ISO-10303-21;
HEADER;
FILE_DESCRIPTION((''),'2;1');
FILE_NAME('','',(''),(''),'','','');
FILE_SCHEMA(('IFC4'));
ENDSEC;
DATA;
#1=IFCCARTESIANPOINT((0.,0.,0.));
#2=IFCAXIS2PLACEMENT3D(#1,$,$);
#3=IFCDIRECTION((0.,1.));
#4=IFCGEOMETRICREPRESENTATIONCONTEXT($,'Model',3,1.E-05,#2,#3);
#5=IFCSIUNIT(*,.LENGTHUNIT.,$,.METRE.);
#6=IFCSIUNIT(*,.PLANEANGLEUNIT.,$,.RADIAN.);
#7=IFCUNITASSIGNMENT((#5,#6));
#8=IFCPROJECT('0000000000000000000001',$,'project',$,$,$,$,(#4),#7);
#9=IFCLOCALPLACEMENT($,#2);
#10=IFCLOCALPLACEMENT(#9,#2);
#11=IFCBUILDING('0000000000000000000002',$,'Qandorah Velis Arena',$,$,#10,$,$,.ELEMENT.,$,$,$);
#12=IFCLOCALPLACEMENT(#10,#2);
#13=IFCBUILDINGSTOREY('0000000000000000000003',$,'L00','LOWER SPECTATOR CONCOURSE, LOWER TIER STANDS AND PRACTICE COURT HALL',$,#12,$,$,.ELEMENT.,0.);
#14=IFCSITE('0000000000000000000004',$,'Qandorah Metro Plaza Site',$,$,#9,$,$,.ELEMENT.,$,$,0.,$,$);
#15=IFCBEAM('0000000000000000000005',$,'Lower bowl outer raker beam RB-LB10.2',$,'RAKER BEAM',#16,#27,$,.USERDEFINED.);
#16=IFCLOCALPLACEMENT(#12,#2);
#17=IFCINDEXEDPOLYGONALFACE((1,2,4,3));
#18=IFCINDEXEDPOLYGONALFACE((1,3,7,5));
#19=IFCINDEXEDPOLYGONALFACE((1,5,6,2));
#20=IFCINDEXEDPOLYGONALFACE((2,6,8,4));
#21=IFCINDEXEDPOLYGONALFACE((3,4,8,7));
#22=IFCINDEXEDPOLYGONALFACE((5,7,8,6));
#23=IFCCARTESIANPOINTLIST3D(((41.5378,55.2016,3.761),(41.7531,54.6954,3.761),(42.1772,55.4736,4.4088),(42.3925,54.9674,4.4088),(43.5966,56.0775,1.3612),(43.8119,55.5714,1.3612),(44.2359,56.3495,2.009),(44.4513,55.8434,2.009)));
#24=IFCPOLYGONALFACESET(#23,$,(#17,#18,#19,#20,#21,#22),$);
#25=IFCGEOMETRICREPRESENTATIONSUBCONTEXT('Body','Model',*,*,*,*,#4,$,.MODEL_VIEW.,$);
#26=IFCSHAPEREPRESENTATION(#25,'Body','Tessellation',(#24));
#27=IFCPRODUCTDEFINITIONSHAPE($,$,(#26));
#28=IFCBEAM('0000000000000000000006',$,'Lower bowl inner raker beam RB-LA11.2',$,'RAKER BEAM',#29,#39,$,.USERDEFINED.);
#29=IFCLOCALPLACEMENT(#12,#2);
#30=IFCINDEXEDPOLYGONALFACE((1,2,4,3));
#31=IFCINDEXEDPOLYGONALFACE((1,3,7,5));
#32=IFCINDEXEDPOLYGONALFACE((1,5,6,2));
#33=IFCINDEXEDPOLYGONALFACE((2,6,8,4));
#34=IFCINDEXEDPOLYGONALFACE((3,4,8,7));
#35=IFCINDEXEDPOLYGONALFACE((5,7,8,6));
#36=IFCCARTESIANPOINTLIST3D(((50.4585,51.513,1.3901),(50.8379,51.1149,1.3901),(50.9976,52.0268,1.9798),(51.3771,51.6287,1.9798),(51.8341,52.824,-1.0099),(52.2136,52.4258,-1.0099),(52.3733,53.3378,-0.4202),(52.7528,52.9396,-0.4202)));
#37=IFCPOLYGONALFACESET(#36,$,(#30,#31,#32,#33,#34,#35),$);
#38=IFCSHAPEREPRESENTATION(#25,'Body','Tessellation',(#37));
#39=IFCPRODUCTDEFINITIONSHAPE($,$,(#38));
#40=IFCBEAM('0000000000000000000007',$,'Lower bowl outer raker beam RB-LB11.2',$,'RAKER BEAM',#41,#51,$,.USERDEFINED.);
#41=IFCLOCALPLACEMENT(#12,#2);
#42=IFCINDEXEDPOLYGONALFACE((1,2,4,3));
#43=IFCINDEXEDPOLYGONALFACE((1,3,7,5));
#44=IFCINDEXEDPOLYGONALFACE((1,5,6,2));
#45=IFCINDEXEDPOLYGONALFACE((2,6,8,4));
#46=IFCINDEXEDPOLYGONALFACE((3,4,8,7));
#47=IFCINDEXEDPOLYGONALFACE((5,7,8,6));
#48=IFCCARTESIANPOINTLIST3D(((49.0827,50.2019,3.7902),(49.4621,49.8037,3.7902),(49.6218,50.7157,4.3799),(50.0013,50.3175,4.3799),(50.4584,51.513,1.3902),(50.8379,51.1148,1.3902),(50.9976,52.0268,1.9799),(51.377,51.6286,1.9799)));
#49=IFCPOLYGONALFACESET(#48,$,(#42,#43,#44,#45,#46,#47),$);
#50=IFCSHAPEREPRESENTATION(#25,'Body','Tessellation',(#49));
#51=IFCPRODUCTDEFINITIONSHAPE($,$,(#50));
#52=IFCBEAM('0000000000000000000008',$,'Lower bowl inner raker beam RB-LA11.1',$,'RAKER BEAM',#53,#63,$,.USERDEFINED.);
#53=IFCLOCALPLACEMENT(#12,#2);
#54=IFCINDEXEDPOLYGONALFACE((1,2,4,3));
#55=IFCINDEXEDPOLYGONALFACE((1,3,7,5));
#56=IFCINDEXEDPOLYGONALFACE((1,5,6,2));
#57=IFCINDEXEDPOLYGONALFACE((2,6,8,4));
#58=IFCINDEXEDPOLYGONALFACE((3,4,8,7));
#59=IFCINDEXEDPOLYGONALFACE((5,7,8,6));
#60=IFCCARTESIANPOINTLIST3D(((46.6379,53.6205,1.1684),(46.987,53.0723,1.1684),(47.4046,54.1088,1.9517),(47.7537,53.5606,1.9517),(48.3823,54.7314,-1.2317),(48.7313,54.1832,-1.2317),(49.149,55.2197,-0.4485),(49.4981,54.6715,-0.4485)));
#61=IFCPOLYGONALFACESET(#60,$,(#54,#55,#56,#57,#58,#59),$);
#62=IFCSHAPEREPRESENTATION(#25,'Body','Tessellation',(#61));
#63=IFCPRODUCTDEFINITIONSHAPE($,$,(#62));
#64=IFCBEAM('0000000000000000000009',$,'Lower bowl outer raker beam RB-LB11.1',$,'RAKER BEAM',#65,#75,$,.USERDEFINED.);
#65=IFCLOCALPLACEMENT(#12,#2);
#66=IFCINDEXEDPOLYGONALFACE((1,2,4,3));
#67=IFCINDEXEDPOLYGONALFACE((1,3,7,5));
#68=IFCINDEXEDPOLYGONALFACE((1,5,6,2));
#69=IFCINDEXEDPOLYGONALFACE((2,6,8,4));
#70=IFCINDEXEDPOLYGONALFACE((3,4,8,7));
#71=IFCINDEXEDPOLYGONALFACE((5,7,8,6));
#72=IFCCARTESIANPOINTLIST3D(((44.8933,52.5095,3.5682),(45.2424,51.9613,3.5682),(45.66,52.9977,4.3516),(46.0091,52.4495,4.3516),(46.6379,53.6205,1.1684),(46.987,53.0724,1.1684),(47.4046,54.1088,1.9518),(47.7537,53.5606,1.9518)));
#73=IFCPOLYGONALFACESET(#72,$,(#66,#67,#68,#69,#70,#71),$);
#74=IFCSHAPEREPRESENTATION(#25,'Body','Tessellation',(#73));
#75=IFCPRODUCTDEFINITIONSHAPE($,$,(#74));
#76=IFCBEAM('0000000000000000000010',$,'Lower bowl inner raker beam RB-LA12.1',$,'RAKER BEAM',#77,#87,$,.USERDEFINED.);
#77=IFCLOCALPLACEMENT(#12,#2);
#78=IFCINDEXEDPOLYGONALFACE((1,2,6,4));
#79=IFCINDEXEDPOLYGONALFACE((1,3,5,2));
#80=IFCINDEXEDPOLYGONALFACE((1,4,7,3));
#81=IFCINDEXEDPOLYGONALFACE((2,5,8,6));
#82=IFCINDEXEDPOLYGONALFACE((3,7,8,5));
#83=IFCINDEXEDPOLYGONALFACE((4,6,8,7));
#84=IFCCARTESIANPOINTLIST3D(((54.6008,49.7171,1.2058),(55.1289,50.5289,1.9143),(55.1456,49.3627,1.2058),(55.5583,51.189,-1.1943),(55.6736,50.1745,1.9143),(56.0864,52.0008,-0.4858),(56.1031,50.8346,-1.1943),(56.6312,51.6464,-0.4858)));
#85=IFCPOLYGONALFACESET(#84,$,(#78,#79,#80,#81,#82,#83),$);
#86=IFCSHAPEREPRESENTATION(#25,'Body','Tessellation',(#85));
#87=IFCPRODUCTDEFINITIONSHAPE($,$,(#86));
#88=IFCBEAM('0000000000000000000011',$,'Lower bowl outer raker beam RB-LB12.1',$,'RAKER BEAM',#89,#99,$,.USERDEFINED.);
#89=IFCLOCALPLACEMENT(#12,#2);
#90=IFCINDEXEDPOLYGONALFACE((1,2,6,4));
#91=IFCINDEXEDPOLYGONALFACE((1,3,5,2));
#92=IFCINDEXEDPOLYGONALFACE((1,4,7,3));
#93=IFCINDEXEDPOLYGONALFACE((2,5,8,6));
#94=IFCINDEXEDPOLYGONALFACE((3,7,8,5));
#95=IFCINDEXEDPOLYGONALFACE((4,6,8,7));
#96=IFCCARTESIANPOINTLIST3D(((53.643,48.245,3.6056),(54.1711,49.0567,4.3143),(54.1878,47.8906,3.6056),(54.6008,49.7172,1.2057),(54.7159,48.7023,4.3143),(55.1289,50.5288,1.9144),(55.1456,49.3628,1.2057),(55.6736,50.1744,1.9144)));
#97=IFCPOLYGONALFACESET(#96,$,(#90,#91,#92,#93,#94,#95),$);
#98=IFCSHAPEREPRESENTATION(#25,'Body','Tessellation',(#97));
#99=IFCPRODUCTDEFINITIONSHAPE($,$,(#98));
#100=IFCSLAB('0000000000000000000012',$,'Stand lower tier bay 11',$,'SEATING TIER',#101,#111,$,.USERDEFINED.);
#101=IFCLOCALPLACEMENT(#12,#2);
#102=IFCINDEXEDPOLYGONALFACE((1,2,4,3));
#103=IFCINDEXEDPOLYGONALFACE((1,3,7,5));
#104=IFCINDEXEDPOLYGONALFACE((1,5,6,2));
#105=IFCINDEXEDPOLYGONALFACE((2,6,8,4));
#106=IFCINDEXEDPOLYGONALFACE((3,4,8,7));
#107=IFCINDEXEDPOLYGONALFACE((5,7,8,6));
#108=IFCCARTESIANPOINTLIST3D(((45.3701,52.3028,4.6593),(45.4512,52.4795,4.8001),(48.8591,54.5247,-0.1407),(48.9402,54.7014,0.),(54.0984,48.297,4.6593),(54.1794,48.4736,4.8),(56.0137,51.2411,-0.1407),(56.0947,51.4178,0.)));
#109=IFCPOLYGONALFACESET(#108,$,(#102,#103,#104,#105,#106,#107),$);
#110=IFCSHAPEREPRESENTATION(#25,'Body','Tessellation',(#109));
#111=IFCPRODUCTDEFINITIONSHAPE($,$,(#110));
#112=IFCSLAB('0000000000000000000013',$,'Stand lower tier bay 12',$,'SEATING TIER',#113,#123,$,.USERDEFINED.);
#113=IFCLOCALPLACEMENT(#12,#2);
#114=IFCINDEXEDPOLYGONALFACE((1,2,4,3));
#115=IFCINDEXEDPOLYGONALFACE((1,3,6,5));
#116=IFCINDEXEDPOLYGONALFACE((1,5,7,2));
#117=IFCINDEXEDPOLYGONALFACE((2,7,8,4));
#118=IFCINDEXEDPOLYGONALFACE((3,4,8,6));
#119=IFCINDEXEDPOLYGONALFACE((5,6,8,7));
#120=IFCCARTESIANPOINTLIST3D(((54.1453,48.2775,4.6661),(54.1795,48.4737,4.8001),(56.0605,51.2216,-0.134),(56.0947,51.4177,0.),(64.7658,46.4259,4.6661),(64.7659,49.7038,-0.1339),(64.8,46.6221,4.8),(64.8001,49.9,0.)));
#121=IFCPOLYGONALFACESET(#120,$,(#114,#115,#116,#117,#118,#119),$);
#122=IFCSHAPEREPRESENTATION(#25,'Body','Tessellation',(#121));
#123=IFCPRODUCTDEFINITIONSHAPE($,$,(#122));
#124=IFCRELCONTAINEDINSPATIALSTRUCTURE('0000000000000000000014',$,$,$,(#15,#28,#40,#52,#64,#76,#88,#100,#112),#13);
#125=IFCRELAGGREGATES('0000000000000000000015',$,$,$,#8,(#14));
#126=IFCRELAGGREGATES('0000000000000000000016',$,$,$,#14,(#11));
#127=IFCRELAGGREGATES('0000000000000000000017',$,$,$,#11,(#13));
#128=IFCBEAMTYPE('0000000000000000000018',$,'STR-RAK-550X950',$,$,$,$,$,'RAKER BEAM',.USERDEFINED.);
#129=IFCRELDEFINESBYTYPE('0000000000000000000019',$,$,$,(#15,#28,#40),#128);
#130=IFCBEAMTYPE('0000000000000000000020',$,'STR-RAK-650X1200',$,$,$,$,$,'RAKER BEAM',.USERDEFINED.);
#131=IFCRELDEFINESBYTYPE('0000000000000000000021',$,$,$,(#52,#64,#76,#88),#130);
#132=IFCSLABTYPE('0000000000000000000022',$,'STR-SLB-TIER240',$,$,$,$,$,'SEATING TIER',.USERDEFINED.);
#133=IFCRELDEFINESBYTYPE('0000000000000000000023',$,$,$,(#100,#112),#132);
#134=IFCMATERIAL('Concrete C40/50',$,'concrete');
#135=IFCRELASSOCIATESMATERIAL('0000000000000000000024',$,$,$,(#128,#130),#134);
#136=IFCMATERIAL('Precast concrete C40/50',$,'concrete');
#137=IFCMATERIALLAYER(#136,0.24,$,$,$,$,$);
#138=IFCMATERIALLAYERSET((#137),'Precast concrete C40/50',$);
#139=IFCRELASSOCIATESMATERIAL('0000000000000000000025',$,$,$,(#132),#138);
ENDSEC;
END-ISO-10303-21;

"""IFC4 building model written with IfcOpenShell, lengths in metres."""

from ifc_helpers import new_model, si_unit, direction, frame, origin, origin_2d, place, context, subcontext, project, spatial, polyline, rectangle, outline, extrude, material, layer, layer_set, material_profile, profile_set, type_object, element, save


model = new_model("IFC4")

# Units and contexts
model_context = context("Model", 3, precision=1e-05, world=origin(), true_north=direction((0.0, 1.0)))
body_context = subcontext(model_context, "Body", "Model", "MODEL_VIEW")
ifc_project = project(units=[si_unit("LENGTHUNIT", "METRE"), si_unit("PLANEANGLEUNIT", "RADIAN")], contexts=[model_context])

# Site, building, storey
site_placement = place(None, origin())
site = spatial("IfcSite", under=ifc_project, at=site_placement, Name="Qandorah Metro Plaza Site", CompositionType="ELEMENT", RefElevation=0.0)
building_placement = place(site_placement, origin())
building = spatial("IfcBuilding", under=site, at=building_placement, Name="Qandorah Velis Arena", CompositionType="ELEMENT")
storey_placement = place(building_placement, origin())
storey = spatial("IfcBuildingStorey", under=building, at=storey_placement, Name="L00", Description="LOWER SPECTATOR CONCOURSE, LOWER TIER STANDS AND PRACTICE COURT HALL", CompositionType="ELEMENT", Elevation=0.0)

# Shared definitions
ifc_material_1 = material(Name="Concrete C40/50", Category="concrete")

# Beams
ifc_material_profile_1 = material_profile(ifc_material_1, rectangle(XDim=0.55, YDim=0.95, at=origin_2d()), Name="RC RAKER 550x950")
ifc_profile_set_1 = profile_set([ifc_material_profile_1], Name="Concrete C40/50")
beam_type_1 = type_object("IfcBeamType", Name="STR-RAK-550X950", ElementType="RAKER BEAM", PredefinedType="USERDEFINED", material=ifc_profile_set_1)
beam_1_placement = place(storey_placement, frame((44.0239, 55.9604, 1.6851), z_axis=(-0.627482, -0.266976, 0.73143), x_axis=(0.391508, -0.920175, 0.0)))
element("IfcBeam", 1, at=beam_1_placement, inside=storey, type_object=beam_type_1, Name="Lower bowl outer raker beam RB-LB10.2", ObjectType="RAKER BEAM", PredefinedType="USERDEFINED", context=body_context, shape_type="SweptSolid", body=[
    extrude(rectangle(XDim=0.55, YDim=0.95, at=origin_2d()), origin(), (0.0, 0.0, 1.0), 3.281),
])
for number, where, z_axis, x_axis, name in (
    (2, (52.2935, 52.8818, -0.7151), (-0.44938, -0.428247, 0.784003), (0.68988, -0.723924, 0.0), "Lower bowl inner raker beam RB-LA11.2"),
    (3, (50.9177, 51.5708, 1.6851), (-0.449409, -0.428274, 0.783973), (0.68988, -0.723924, 0.0), "Lower bowl outer raker beam RB-LB11.2"),
):
    element("IfcBeam", number, at=place(storey_placement, frame(where, z_axis=z_axis, x_axis=x_axis)), inside=storey, type_object=beam_type_1, Name=name, ObjectType="RAKER BEAM", PredefinedType="USERDEFINED", context=body_context, shape_type="SweptSolid", body=[
        extrude(rectangle(XDim=0.55, YDim=0.95, at=origin_2d()), origin(), (0.0, 0.0, 1.0), 3.0613),
    ])
ifc_material_profile_2 = material_profile(ifc_material_1, rectangle(XDim=0.6499, YDim=1.2, at=origin_2d()), Name="RC RAKER 650x1200")
ifc_profile_set_2 = profile_set([ifc_material_profile_2], Name="Concrete C40/50")
beam_type_2 = type_object("IfcBeamType", Name="STR-RAK-650X1200", ElementType="RAKER BEAM", PredefinedType="USERDEFINED", material=ifc_profile_set_2)
for number, where, z_axis, x_axis, name in (
    (4, (48.9402, 54.7014, -0.8401), (-0.55059, -0.350621, 0.757572), (0.537143, -0.843491, 0.0), "Lower bowl inner raker beam RB-LA11.1"),
    (5, (47.1958, 53.5906, 1.5601), (-0.550661, -0.350694, 0.757487), (0.537173, -0.843472, 0.0), "Lower bowl outer raker beam RB-LB11.1"),
):
    element("IfcBeam", number, at=place(storey_placement, frame(where, z_axis=z_axis, x_axis=x_axis)), inside=storey, type_object=beam_type_2, Name=name, ObjectType="RAKER BEAM", PredefinedType="USERDEFINED", context=body_context, shape_type="SweptSolid", body=[
        extrude(rectangle(XDim=0.6499, YDim=1.2, at=origin_2d()), origin(), (0.0, 0.0, 1.0), 3.1682),
    ])
for number, where, z_axis, x_axis, name in (
    (6, (56.0947, 51.4177, -0.8401), (-0.321974, -0.494947, 0.807069), (0.838243, -0.545296, 0.0), "Lower bowl inner raker beam RB-LA12.1"),
    (7, (55.1372, 49.9458, 1.5601), (-0.322056, -0.495028, 0.806986), (0.838221, -0.54533, 0.0), "Lower bowl outer raker beam RB-LB12.1"),
):
    element("IfcBeam", number, at=place(storey_placement, frame(where, z_axis=z_axis, x_axis=x_axis)), inside=storey, type_object=beam_type_2, Name=name, ObjectType="RAKER BEAM", PredefinedType="USERDEFINED", context=body_context, shape_type="SweptSolid", body=[
        extrude(rectangle(XDim=0.6499, YDim=1.2, at=origin_2d()), origin(), (0.0, 0.0, 1.0), 2.9739),
    ])

# Slabs
ifc_material_2 = material(Name="Precast concrete C40/50", Category="concrete")
ifc_layer = layer(ifc_material_2, 0.24)
ifc_layer_set = layer_set([ifc_layer], Name="Precast concrete C40/50")
slab_type = type_object("IfcSlabType", Name="STR-SLB-TIER240", ElementType="SEATING TIER", PredefinedType="USERDEFINED", material=ifc_layer_set)
slab_1_placement = place(storey_placement, frame((48.9402, 54.7014, 0.0), z_axis=(0.337887, 0.736203, 0.586377), x_axis=(0.908849, -0.417126, 0.000003)))
element("IfcSlab", 8, at=slab_1_placement, inside=storey, type_object=slab_type, Name="Stand lower tier bay 11", ObjectType="SEATING TIER", PredefinedType="USERDEFINED", context=body_context, shape_type="SweptSolid", body=[
    extrude(outline(polyline([(0.0, 0.0), (7.8721, 0.0), (7.3595, -5.9257), (-2.2441, -5.9257), (0.0, 0.0)])), origin(), (0.0, 0.0, -1.0), 0.24),
])
slab_2_placement = place(storey_placement, frame((56.0947, 51.4177, 0.0), z_axis=(0.142507, 0.817385, 0.558187), x_axis=(0.985139, -0.171758, 0.000005)))
element("IfcSlab", 9, at=slab_2_placement, inside=storey, type_object=slab_type, Name="Stand lower tier bay 12", ObjectType="SEATING TIER", PredefinedType="USERDEFINED", context=body_context, shape_type="SweptSolid", body=[
    extrude(outline(polyline([(0.0, 0.0), (8.8367, 0.0), (9.3997, -5.7851), (-1.3811, -5.7852), (0.0, 0.0)])), origin(), (0.0, 0.0, -1.0), 0.24),
])

save(model, "model.ifc")
